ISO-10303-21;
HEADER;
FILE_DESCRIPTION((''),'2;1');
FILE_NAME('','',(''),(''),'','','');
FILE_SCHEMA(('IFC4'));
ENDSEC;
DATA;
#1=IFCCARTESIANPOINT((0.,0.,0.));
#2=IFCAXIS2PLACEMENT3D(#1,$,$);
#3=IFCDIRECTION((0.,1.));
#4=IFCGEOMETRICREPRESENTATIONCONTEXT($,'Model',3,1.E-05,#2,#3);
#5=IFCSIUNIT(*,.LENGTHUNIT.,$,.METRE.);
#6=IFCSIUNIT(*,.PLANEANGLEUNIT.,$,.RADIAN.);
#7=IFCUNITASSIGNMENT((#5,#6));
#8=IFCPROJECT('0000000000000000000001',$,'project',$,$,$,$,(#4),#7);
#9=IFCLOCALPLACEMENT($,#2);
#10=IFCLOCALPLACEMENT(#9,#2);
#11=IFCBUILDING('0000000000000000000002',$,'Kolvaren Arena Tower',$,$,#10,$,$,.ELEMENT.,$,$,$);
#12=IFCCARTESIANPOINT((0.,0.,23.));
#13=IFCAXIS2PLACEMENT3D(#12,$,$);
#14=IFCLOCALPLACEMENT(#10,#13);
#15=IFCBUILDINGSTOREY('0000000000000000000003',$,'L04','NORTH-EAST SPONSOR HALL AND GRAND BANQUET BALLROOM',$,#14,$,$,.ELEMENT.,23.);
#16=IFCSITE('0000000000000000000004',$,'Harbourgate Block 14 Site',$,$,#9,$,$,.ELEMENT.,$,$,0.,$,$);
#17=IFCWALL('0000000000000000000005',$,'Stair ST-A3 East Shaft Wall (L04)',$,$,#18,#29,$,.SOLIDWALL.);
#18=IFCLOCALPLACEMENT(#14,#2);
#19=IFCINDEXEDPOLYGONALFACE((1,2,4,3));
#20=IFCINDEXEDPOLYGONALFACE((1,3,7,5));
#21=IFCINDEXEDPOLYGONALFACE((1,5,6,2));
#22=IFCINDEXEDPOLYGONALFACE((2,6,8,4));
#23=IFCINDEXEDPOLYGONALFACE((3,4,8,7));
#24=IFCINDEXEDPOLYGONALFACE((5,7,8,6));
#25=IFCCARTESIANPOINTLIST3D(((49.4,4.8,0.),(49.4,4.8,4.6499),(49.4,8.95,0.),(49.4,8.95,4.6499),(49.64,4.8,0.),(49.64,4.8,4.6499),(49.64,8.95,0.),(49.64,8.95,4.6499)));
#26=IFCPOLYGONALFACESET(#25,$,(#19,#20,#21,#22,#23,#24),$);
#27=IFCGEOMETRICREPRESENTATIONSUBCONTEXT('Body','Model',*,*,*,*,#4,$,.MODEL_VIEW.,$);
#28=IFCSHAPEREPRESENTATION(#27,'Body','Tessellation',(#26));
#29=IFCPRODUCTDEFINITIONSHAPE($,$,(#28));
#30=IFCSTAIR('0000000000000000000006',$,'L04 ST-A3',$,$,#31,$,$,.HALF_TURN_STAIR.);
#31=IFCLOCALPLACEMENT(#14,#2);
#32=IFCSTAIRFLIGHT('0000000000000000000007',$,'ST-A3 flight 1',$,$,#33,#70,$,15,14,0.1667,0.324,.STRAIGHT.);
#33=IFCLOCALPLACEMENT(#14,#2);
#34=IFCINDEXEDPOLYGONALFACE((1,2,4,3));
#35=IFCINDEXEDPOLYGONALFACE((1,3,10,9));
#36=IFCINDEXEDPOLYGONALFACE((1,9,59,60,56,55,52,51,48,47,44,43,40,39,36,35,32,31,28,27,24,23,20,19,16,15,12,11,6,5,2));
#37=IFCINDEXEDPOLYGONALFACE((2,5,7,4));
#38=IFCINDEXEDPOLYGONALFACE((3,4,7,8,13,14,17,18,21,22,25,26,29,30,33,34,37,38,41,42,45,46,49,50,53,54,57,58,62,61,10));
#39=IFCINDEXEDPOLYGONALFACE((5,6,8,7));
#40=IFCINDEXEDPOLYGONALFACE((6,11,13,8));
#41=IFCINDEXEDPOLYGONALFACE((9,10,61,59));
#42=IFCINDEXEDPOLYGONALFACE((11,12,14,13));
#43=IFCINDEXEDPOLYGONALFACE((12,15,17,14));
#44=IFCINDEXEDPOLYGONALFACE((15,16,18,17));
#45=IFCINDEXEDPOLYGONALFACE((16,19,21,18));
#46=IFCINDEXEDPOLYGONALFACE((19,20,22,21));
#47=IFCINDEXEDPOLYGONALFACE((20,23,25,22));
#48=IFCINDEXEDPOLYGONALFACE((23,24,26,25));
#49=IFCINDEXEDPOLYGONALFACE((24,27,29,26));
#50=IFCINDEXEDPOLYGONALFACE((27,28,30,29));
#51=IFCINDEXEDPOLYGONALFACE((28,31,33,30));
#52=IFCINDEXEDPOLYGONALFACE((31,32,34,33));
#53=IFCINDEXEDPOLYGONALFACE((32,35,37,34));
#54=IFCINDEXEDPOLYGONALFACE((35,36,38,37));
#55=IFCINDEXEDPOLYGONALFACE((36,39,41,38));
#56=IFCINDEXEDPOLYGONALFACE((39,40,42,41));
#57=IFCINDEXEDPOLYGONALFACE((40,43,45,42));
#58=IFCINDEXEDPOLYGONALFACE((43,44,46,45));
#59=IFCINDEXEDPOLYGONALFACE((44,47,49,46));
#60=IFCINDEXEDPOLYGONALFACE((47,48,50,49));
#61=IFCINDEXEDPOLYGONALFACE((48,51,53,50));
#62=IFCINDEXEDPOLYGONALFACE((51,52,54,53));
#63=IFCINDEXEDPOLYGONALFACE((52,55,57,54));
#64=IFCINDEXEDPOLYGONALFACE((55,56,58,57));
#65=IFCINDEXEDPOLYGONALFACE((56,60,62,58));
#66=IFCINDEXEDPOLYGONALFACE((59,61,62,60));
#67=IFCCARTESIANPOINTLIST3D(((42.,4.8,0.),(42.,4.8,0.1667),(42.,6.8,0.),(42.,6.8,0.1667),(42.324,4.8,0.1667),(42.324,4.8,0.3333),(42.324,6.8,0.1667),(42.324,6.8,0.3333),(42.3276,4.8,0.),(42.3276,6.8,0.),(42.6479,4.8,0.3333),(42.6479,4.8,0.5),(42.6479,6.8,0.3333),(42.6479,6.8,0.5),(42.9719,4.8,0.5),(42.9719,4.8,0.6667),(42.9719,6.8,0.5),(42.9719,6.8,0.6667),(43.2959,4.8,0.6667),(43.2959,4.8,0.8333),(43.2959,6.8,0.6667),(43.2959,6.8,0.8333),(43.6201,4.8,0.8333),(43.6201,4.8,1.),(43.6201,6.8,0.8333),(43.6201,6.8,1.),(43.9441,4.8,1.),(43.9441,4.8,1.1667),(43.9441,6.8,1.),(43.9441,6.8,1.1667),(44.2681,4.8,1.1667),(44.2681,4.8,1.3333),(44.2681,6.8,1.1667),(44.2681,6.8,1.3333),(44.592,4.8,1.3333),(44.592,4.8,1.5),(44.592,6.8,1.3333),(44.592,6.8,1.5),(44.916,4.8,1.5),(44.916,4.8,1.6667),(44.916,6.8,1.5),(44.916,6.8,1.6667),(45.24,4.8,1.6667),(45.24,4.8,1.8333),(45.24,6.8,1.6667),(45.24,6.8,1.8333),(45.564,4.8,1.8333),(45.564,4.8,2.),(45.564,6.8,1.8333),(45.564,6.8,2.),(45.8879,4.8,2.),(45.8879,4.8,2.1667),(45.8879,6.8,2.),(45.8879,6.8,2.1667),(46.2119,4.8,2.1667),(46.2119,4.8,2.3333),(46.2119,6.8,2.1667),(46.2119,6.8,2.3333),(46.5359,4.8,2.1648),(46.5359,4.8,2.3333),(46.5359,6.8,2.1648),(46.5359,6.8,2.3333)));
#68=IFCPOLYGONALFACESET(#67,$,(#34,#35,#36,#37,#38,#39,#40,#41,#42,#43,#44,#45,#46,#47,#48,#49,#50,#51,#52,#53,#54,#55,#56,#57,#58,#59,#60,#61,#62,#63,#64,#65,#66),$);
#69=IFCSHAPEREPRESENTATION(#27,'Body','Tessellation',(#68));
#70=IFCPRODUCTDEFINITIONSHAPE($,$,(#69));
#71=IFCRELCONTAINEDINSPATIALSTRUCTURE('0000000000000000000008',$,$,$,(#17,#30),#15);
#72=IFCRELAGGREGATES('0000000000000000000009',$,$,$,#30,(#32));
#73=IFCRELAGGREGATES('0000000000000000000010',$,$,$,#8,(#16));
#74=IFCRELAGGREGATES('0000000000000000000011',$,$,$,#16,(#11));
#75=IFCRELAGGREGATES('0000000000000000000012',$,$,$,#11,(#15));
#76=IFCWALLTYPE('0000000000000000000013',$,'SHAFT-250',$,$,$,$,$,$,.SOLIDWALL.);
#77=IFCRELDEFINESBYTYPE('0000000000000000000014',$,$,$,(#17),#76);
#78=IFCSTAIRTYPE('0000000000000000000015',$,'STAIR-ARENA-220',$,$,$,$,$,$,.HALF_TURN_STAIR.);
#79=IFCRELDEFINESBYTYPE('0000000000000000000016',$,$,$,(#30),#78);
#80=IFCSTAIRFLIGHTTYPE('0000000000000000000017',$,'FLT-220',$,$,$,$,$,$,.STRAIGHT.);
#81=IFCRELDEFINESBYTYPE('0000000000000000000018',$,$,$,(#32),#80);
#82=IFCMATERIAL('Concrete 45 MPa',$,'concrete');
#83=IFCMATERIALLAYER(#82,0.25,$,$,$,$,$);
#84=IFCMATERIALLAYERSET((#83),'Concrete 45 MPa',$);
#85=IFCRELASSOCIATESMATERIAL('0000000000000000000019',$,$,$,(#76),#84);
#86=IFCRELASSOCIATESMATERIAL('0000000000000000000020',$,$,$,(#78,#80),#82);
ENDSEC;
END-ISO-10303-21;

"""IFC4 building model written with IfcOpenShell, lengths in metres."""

from ifc_helpers import new_model, si_unit, direction, frame, frame_2d, origin, place, context, subcontext, project, spatial, polyline, rectangle, outline, extrude, material, layer, layer_set, type_object, element, aggregate, save


model = new_model("IFC4")

# Units and contexts
model_context = context("Model", 3, precision=1e-05, world=origin(), true_north=direction((0.0, 1.0)))
body_context = subcontext(model_context, "Body", "Model", "MODEL_VIEW")
ifc_project = project(units=[si_unit("LENGTHUNIT", "METRE"), si_unit("PLANEANGLEUNIT", "RADIAN")], contexts=[model_context])

# Site, building, storey
site_placement = place(None, origin())
site = spatial("IfcSite", under=ifc_project, at=site_placement, Name="Harbourgate Block 14 Site", CompositionType="ELEMENT", RefElevation=0.0)
building_placement = place(site_placement, origin())
building = spatial("IfcBuilding", under=site, at=building_placement, Name="Kolvaren Arena Tower", CompositionType="ELEMENT")
storey_placement = place(building_placement, frame((0.0, 0.0, 23.0)))
storey = spatial("IfcBuildingStorey", under=building, at=storey_placement, Name="L04", Description="NORTH-EAST SPONSOR HALL AND GRAND BANQUET BALLROOM", CompositionType="ELEMENT", Elevation=23.0)

# Wall
ifc_material_1 = material(Name="Concrete 45 MPa", Category="concrete")
ifc_layer_1 = layer(ifc_material_1, 0.25)
ifc_layer_set_1 = layer_set([ifc_layer_1], Name="Concrete 45 MPa")
wall_type_1 = type_object("IfcWallType", Name="SHAFT-250", PredefinedType="SOLIDWALL", material=ifc_layer_set_1)
for number, where, z_axis, x_axis, name in (
    (1, (49.52, 4.8, 0.0), (0.0, 0.0, 1.0), (0.0, 1.0, 0.0), "Stair ST-A3 East Shaft Wall (L04)"),
):
    element("IfcWall", number, at=place(storey_placement, frame(where, z_axis=z_axis, x_axis=x_axis)), inside=storey, type_object=wall_type_1, Name=name, PredefinedType="SOLIDWALL", context=body_context, shape_type="SweptSolid", body=[
        extrude(rectangle(XDim=4.1499, YDim=0.24, at=frame_2d((2.075, 0.0))), origin(), (0.0, 0.0, 1.0), 4.6499),
    ])

# Stair, stair flight
stair_type = type_object("IfcStairType", Name="STAIR-ARENA-220", PredefinedType="HALF_TURN_STAIR", material=ifc_material_1)
stair_placement = place(storey_placement, origin())
stair = element("IfcStair", 2, at=stair_placement, inside=storey, type_object=stair_type, Name="L04 ST-A3", PredefinedType="HALF_TURN_STAIR")
stair_flight_type = type_object("IfcStairFlightType", Name="FLT-220", PredefinedType="STRAIGHT", material=ifc_material_1)
stair_flight_placement = place(storey_placement, frame((42.0, 5.8, 0.0), z_axis=(0.0, 0.0, 1.0), x_axis=(1.0, 0.0, 0.0)))
stair_flight = element("IfcStairFlight", 3, at=stair_flight_placement, type_object=stair_flight_type, Name="ST-A3 flight 1", NumberOfRisers=15, NumberOfTreads=14, PredefinedType="STRAIGHT", RiserHeight=0.1667, TreadLength=0.324, context=body_context, shape_type="SweptSolid", body=[
    extrude(outline(polyline([(0.0, 0.0), (0.0, 0.1667), (0.324, 0.1667), (0.324, 0.3333), (0.6479, 0.3333), (0.6479, 0.5), (0.9719, 0.5), (0.9719, 0.6667), (1.2959, 0.6667), (1.2959, 0.8333), (1.6201, 0.8333), (1.6201, 1.0), (1.9441, 1.0), (1.9441, 1.1667), (2.2681, 1.1667), (2.2681, 1.3333), (2.592, 1.3333), (2.592, 1.5), (2.916, 1.5), (2.916, 1.6667), (3.24, 1.6667), (3.24, 1.8333), (3.564, 1.8333), (3.564, 2.0), (3.8879, 2.0), (3.8879, 2.1667), (4.2119, 2.1667), (4.2119, 2.3333), (4.5359, 2.3333), (4.5359, 2.5), (4.5359, 2.1648), (0.3276, 0.0), (0.0, 0.0)])), frame((0.0, 1.0, 0.0), z_axis=(0.0, -1.0, 0.0), x_axis=(1.0, 0.0, 0.0)), (0.0, 0.0, 1.0), 2.0),
])
aggregate(stair, [stair_flight])

save(model, "model.ifc")
